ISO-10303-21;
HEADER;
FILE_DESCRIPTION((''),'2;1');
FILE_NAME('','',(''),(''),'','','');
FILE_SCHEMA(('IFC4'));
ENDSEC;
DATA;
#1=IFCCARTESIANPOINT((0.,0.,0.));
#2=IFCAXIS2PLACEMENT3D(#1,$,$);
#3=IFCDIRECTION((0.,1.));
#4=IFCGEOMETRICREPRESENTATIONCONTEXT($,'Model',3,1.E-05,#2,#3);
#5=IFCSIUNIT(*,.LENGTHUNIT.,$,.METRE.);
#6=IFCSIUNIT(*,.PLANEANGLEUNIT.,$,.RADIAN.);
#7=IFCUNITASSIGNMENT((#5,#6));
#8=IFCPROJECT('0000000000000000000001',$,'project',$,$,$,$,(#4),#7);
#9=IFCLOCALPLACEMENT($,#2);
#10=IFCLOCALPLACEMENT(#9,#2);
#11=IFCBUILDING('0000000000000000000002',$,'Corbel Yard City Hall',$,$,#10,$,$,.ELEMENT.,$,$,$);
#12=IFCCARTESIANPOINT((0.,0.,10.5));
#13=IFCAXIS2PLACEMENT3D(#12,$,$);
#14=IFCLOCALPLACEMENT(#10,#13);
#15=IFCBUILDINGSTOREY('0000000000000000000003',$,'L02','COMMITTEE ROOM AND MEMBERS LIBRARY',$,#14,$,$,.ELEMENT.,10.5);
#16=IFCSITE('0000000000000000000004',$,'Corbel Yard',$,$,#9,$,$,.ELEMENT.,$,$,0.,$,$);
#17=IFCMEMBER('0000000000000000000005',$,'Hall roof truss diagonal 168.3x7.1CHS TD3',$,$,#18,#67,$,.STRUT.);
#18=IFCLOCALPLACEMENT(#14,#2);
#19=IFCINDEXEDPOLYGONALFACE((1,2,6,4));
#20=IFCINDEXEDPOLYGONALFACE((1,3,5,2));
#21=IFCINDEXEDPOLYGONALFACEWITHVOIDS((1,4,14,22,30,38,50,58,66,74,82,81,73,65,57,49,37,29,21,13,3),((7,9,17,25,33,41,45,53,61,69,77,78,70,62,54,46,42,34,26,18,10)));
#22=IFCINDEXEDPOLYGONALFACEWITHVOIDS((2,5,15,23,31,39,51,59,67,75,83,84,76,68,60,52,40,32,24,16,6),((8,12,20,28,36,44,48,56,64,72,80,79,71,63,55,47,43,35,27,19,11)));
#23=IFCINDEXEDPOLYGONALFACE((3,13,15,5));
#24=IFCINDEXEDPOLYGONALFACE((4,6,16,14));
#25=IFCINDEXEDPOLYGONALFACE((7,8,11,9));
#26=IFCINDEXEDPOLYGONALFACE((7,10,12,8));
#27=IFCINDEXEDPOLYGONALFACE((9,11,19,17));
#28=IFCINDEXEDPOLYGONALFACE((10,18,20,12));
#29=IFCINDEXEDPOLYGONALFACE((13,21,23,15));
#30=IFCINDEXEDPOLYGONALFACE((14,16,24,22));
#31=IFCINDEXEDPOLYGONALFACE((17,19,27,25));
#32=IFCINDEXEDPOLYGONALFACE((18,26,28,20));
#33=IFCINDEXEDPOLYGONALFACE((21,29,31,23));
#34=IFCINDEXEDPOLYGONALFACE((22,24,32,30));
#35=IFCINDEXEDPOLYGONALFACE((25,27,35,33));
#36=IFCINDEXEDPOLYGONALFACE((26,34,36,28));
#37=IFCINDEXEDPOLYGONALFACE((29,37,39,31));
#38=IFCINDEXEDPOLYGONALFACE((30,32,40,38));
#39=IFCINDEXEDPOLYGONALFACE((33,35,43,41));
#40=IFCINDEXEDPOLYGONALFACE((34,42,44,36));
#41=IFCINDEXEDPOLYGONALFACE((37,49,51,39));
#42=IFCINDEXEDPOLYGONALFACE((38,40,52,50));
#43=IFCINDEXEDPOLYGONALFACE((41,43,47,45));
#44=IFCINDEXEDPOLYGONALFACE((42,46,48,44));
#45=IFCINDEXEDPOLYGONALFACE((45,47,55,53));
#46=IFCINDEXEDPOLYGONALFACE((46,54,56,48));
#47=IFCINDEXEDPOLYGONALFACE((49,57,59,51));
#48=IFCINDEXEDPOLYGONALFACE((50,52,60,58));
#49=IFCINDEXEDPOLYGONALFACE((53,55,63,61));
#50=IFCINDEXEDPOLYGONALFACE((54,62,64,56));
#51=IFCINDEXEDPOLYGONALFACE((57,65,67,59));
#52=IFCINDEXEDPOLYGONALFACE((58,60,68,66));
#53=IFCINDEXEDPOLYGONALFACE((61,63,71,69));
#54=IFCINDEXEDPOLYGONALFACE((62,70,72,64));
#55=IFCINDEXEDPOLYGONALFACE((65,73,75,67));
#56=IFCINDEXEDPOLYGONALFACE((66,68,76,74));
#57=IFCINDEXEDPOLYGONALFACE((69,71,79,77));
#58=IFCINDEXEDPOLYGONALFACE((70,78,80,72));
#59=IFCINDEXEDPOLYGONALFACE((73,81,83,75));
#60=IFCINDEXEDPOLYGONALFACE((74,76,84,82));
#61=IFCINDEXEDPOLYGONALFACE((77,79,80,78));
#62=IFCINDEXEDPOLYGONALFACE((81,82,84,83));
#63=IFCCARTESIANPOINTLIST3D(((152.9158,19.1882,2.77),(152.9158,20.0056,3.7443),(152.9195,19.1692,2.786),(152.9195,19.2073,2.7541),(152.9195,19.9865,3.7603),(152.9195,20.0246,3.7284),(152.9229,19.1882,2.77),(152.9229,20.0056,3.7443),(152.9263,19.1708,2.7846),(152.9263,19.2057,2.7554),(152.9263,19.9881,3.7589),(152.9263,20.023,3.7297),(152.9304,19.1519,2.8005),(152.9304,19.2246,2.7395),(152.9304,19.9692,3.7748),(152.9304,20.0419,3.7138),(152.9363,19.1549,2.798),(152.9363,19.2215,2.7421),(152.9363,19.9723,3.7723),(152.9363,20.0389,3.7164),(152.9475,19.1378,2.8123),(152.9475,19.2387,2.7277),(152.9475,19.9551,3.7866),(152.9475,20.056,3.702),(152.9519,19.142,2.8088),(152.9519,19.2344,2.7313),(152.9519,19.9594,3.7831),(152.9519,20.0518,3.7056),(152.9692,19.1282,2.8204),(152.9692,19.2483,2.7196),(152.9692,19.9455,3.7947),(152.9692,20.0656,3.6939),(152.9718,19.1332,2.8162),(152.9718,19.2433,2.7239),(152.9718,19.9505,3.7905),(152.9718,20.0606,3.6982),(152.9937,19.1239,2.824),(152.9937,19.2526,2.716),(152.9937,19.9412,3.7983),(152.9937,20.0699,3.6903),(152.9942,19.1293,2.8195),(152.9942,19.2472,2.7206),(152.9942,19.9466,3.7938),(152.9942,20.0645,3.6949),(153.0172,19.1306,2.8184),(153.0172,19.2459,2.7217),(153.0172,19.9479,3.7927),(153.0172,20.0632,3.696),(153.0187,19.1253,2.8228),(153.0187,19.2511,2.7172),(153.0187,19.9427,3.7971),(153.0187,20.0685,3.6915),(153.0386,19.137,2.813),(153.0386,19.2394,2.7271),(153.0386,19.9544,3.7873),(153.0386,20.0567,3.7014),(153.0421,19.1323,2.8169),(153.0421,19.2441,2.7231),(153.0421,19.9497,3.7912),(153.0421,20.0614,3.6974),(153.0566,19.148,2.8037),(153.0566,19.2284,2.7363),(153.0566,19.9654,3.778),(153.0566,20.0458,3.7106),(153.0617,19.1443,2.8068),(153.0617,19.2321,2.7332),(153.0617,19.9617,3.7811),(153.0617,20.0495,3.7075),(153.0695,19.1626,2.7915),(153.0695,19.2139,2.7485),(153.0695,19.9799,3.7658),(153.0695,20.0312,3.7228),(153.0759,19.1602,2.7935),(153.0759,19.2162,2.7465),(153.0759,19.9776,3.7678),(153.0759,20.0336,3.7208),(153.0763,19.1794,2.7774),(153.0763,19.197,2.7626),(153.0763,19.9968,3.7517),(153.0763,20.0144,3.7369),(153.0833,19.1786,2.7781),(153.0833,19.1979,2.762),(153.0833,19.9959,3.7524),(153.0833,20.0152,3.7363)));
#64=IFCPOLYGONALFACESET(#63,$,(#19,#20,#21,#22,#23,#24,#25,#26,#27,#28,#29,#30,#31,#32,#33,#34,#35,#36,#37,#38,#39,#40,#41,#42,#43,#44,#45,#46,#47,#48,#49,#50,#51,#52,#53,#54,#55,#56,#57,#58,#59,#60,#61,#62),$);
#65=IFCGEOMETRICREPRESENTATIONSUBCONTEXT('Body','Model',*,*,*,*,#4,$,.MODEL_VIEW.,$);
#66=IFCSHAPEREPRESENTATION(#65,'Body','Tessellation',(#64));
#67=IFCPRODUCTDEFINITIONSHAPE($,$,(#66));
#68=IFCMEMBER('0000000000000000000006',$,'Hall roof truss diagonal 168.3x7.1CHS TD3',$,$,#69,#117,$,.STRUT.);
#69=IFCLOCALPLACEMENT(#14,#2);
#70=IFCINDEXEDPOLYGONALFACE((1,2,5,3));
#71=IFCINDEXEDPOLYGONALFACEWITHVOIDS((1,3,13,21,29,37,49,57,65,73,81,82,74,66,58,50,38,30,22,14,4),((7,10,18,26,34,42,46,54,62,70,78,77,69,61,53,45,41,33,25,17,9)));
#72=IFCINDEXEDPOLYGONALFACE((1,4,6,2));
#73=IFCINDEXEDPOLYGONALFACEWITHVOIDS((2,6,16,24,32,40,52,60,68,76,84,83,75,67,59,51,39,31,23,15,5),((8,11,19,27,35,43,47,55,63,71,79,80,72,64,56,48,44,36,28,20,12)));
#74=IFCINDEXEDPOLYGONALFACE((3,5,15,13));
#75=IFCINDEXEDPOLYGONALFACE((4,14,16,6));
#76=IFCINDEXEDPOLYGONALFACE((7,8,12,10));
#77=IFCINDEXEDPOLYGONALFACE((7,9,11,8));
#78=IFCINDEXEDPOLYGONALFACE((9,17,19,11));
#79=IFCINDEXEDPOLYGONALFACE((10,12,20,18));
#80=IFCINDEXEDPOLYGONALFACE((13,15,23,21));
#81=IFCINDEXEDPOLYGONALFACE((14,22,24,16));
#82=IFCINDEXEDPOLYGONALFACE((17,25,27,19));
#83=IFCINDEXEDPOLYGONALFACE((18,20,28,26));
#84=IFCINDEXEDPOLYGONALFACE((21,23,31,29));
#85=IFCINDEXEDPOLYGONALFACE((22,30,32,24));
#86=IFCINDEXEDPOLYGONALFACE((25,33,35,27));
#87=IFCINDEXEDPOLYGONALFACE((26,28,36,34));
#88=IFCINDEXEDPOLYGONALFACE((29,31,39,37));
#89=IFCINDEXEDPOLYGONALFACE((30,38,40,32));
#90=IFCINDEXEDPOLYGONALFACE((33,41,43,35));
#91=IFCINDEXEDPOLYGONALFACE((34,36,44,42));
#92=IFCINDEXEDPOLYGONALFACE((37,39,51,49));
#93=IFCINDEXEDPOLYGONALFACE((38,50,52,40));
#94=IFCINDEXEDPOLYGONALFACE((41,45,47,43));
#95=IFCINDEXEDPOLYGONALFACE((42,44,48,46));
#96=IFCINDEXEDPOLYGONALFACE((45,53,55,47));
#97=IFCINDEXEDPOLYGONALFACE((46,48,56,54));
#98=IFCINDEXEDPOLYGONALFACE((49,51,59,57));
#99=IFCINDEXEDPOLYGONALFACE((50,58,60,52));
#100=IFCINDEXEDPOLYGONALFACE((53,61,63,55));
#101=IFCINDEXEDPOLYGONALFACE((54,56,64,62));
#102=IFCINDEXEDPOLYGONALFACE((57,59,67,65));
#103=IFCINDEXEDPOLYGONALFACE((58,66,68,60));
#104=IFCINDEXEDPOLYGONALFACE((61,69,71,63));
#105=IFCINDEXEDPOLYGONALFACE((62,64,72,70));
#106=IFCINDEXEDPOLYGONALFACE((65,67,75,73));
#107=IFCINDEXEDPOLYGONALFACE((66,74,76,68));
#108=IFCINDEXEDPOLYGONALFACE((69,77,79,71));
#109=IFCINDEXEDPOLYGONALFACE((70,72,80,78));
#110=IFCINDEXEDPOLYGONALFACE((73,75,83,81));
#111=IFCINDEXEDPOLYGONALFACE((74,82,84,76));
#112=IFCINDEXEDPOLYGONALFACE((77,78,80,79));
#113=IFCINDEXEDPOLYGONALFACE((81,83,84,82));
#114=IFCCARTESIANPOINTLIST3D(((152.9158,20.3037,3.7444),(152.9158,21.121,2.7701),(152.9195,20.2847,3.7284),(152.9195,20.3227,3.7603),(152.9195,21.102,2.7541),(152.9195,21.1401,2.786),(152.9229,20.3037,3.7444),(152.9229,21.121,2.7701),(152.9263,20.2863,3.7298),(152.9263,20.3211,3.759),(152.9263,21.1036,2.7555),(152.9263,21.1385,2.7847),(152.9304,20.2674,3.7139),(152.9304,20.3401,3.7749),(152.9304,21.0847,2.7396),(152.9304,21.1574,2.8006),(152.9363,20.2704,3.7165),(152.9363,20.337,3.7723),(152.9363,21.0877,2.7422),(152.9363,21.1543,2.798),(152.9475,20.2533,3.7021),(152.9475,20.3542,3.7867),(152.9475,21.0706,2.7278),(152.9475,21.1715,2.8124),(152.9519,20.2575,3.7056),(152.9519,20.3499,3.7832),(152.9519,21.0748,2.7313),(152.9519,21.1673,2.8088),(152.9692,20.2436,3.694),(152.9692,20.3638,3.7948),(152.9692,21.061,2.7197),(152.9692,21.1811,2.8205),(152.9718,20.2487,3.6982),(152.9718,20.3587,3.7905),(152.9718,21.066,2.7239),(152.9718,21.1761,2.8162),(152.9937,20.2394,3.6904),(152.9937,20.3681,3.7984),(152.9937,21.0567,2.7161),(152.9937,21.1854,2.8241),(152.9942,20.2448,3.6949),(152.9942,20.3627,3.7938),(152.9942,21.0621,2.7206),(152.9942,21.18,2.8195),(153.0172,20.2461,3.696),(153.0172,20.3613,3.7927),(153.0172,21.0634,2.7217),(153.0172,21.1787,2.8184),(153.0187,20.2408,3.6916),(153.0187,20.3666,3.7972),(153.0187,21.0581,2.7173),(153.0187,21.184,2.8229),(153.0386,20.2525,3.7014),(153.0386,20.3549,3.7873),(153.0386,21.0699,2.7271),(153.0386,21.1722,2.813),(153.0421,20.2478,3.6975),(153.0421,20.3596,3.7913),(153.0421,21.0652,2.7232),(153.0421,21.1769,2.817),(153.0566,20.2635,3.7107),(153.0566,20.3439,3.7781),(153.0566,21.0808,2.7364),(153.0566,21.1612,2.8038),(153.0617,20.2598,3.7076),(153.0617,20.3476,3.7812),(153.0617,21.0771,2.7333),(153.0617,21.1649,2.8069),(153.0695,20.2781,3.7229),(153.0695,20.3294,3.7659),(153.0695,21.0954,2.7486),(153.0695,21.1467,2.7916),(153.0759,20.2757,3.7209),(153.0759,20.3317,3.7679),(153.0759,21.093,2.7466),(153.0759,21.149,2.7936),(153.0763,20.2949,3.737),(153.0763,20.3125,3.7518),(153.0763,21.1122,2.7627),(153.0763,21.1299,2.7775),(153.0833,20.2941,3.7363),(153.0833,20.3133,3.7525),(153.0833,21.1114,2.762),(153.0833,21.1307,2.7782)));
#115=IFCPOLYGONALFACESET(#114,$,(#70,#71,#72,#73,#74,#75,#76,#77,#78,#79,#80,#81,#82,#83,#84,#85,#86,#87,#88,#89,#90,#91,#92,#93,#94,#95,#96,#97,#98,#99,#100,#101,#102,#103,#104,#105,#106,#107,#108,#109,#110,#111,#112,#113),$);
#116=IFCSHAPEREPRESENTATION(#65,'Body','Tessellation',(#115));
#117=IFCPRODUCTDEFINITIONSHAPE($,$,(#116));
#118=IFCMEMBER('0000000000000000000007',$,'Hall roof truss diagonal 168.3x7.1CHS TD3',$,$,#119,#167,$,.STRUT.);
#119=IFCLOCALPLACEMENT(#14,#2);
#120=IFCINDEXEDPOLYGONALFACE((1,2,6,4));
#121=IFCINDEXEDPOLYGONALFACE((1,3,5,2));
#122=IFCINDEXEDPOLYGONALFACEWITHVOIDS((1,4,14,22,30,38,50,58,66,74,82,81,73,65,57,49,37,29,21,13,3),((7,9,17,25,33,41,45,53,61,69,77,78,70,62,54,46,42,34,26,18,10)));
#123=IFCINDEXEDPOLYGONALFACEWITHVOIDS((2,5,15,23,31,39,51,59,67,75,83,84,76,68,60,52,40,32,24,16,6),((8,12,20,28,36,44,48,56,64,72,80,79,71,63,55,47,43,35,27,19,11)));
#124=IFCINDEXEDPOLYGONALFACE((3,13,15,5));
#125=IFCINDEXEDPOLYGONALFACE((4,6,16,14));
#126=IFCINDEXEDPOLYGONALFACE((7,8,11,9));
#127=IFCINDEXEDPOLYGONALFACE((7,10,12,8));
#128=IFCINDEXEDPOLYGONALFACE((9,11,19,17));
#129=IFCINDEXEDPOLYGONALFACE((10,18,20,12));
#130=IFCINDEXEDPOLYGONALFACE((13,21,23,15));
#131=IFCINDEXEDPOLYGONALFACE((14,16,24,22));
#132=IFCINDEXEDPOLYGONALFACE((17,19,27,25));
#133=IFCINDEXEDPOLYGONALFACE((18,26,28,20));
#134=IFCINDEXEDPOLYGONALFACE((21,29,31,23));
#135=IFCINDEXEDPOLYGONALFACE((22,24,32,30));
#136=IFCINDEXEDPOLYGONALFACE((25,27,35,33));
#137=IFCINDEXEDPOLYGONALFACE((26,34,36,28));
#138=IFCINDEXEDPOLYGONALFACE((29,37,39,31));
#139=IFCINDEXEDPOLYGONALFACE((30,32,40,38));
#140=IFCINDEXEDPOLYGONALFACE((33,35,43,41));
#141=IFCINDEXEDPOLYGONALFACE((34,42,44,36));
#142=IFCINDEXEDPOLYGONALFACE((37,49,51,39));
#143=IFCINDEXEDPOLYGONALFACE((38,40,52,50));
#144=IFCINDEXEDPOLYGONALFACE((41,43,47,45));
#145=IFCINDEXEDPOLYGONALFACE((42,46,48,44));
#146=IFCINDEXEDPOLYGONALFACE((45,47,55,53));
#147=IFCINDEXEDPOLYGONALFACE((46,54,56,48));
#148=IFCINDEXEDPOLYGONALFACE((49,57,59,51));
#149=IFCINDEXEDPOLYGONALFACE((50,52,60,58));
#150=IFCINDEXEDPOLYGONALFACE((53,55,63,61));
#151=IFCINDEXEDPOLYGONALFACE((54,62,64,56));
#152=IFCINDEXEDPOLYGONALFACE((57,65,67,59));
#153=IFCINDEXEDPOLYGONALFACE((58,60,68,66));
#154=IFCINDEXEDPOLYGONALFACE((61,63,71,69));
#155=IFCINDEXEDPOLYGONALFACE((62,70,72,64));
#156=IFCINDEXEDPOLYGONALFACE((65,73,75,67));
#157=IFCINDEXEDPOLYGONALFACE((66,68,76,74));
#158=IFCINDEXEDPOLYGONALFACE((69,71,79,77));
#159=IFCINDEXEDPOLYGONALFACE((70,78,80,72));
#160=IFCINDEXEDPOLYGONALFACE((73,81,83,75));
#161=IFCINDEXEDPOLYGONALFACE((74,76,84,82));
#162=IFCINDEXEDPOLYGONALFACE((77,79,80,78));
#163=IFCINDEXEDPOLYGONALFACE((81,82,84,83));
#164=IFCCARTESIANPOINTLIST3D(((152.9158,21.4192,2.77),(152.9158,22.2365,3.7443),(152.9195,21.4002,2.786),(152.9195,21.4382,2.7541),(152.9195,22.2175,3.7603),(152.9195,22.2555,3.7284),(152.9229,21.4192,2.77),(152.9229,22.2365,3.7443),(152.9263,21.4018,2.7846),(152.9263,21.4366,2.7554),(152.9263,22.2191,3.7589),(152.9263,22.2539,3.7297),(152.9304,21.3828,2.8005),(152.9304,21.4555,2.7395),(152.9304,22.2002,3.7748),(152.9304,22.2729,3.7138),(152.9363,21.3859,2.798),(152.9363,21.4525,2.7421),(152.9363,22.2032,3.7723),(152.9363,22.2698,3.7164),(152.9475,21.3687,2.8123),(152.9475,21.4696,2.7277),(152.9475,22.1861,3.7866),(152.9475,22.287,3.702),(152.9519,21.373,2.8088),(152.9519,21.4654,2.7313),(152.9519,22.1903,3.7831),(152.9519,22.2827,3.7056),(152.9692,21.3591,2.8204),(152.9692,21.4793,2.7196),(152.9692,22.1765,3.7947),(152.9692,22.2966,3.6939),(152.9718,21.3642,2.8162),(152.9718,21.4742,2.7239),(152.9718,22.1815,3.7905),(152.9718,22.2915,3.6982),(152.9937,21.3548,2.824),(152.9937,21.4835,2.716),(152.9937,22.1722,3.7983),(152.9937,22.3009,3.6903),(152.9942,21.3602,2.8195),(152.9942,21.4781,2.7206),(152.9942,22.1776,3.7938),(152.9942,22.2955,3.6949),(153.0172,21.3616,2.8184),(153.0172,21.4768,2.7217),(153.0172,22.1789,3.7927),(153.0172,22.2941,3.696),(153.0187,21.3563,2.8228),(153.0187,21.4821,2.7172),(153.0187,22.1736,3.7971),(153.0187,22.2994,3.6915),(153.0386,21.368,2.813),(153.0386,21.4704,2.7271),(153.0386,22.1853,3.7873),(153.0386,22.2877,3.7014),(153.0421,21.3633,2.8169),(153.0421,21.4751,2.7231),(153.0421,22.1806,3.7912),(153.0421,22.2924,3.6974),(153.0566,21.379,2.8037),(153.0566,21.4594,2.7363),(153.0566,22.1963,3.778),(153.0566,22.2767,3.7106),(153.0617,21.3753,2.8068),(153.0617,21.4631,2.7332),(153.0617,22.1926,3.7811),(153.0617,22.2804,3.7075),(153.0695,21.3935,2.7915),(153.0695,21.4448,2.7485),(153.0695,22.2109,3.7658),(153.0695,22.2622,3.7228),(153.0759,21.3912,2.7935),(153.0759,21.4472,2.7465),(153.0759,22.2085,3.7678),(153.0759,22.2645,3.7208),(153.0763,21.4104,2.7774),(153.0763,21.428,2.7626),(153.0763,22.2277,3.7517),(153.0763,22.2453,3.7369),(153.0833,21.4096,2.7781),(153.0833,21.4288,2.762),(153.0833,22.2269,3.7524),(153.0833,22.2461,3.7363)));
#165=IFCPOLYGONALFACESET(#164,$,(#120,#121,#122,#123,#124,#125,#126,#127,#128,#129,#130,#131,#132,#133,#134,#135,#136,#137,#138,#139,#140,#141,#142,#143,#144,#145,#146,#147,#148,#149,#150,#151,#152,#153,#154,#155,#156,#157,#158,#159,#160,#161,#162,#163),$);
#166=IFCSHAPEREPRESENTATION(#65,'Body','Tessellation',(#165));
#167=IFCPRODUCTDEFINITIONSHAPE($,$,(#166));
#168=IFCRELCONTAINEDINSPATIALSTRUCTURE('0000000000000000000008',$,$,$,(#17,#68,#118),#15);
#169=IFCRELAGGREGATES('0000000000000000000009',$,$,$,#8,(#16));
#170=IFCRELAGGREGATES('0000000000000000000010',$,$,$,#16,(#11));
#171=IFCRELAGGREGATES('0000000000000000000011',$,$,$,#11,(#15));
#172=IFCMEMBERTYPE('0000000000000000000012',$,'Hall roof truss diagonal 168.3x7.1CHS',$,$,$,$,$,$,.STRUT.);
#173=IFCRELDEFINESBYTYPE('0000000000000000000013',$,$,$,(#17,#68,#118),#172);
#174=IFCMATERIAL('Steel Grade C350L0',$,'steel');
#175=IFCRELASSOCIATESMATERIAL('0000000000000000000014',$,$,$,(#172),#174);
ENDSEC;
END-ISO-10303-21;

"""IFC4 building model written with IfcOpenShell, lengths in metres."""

from ifc_helpers import new_model, si_unit, direction, frame, origin, origin_2d, place, context, subcontext, project, spatial, hollow_circle, extrude, material, material_profile, profile_set, type_object, element, save


model = new_model("IFC4")

# Units and contexts
model_context = context("Model", 3, precision=1e-05, world=origin(), true_north=direction((0.0, 1.0)))
body_context = subcontext(model_context, "Body", "Model", "MODEL_VIEW")
ifc_project = project(units=[si_unit("LENGTHUNIT", "METRE"), si_unit("PLANEANGLEUNIT", "RADIAN")], contexts=[model_context])

# Site, building, storey
site_placement = place(None, origin())
site = spatial("IfcSite", under=ifc_project, at=site_placement, Name="Corbel Yard", CompositionType="ELEMENT", RefElevation=0.0)
building_placement = place(site_placement, origin())
building = spatial("IfcBuilding", under=site, at=building_placement, Name="Corbel Yard City Hall", CompositionType="ELEMENT")
storey_placement = place(building_placement, frame((0.0, 0.0, 10.5)))
storey = spatial("IfcBuildingStorey", under=building, at=storey_placement, Name="L02", Description="COMMITTEE ROOM AND MEMBERS LIBRARY", CompositionType="ELEMENT", Elevation=10.5)

# Members
ifc_material_1 = material(Name="Steel Grade C350L0", Category="steel")
ifc_material_profile_1 = material_profile(ifc_material_1, hollow_circle(Radius=0.0842, WallThickness=0.0071, at=origin_2d()), Name="168.3x7.1CHS")
ifc_profile_set_1 = profile_set([ifc_material_profile_1], Name="Steel Grade C350L0")
member_type_1 = type_object("IfcMemberType", Name="Hall roof truss diagonal 168.3x7.1CHS", PredefinedType="STRUT", material=ifc_profile_set_1)
for number, where, z_axis, x_axis, name in (
    (1, (153.0, 19.1882, 2.77), (0.0, 0.642692, 0.766124), (-1.0, 0.0, 0.0), "Hall roof truss diagonal 168.3x7.1CHS TD3"),
    (2, (153.0, 20.3037, 3.7444), (0.0, 0.642692, -0.766124), (-1.0, 0.0, 0.0), "Hall roof truss diagonal 168.3x7.1CHS TD3"),
    (3, (153.0, 21.4192, 2.77), (0.0, 0.642692, 0.766124), (-1.0, 0.0, 0.0), "Hall roof truss diagonal 168.3x7.1CHS TD3"),
):
    element("IfcMember", number, at=place(storey_placement, frame(where, z_axis=z_axis, x_axis=x_axis)), inside=storey, type_object=member_type_1, Name=name, PredefinedType="STRUT", context=body_context, shape_type="SweptSolid", body=[
        extrude(hollow_circle(Radius=0.0842, WallThickness=0.0071, at=origin_2d()), origin(), (0.0, 0.0, 1.0), 1.2717),
    ])

save(model, "model.ifc")
